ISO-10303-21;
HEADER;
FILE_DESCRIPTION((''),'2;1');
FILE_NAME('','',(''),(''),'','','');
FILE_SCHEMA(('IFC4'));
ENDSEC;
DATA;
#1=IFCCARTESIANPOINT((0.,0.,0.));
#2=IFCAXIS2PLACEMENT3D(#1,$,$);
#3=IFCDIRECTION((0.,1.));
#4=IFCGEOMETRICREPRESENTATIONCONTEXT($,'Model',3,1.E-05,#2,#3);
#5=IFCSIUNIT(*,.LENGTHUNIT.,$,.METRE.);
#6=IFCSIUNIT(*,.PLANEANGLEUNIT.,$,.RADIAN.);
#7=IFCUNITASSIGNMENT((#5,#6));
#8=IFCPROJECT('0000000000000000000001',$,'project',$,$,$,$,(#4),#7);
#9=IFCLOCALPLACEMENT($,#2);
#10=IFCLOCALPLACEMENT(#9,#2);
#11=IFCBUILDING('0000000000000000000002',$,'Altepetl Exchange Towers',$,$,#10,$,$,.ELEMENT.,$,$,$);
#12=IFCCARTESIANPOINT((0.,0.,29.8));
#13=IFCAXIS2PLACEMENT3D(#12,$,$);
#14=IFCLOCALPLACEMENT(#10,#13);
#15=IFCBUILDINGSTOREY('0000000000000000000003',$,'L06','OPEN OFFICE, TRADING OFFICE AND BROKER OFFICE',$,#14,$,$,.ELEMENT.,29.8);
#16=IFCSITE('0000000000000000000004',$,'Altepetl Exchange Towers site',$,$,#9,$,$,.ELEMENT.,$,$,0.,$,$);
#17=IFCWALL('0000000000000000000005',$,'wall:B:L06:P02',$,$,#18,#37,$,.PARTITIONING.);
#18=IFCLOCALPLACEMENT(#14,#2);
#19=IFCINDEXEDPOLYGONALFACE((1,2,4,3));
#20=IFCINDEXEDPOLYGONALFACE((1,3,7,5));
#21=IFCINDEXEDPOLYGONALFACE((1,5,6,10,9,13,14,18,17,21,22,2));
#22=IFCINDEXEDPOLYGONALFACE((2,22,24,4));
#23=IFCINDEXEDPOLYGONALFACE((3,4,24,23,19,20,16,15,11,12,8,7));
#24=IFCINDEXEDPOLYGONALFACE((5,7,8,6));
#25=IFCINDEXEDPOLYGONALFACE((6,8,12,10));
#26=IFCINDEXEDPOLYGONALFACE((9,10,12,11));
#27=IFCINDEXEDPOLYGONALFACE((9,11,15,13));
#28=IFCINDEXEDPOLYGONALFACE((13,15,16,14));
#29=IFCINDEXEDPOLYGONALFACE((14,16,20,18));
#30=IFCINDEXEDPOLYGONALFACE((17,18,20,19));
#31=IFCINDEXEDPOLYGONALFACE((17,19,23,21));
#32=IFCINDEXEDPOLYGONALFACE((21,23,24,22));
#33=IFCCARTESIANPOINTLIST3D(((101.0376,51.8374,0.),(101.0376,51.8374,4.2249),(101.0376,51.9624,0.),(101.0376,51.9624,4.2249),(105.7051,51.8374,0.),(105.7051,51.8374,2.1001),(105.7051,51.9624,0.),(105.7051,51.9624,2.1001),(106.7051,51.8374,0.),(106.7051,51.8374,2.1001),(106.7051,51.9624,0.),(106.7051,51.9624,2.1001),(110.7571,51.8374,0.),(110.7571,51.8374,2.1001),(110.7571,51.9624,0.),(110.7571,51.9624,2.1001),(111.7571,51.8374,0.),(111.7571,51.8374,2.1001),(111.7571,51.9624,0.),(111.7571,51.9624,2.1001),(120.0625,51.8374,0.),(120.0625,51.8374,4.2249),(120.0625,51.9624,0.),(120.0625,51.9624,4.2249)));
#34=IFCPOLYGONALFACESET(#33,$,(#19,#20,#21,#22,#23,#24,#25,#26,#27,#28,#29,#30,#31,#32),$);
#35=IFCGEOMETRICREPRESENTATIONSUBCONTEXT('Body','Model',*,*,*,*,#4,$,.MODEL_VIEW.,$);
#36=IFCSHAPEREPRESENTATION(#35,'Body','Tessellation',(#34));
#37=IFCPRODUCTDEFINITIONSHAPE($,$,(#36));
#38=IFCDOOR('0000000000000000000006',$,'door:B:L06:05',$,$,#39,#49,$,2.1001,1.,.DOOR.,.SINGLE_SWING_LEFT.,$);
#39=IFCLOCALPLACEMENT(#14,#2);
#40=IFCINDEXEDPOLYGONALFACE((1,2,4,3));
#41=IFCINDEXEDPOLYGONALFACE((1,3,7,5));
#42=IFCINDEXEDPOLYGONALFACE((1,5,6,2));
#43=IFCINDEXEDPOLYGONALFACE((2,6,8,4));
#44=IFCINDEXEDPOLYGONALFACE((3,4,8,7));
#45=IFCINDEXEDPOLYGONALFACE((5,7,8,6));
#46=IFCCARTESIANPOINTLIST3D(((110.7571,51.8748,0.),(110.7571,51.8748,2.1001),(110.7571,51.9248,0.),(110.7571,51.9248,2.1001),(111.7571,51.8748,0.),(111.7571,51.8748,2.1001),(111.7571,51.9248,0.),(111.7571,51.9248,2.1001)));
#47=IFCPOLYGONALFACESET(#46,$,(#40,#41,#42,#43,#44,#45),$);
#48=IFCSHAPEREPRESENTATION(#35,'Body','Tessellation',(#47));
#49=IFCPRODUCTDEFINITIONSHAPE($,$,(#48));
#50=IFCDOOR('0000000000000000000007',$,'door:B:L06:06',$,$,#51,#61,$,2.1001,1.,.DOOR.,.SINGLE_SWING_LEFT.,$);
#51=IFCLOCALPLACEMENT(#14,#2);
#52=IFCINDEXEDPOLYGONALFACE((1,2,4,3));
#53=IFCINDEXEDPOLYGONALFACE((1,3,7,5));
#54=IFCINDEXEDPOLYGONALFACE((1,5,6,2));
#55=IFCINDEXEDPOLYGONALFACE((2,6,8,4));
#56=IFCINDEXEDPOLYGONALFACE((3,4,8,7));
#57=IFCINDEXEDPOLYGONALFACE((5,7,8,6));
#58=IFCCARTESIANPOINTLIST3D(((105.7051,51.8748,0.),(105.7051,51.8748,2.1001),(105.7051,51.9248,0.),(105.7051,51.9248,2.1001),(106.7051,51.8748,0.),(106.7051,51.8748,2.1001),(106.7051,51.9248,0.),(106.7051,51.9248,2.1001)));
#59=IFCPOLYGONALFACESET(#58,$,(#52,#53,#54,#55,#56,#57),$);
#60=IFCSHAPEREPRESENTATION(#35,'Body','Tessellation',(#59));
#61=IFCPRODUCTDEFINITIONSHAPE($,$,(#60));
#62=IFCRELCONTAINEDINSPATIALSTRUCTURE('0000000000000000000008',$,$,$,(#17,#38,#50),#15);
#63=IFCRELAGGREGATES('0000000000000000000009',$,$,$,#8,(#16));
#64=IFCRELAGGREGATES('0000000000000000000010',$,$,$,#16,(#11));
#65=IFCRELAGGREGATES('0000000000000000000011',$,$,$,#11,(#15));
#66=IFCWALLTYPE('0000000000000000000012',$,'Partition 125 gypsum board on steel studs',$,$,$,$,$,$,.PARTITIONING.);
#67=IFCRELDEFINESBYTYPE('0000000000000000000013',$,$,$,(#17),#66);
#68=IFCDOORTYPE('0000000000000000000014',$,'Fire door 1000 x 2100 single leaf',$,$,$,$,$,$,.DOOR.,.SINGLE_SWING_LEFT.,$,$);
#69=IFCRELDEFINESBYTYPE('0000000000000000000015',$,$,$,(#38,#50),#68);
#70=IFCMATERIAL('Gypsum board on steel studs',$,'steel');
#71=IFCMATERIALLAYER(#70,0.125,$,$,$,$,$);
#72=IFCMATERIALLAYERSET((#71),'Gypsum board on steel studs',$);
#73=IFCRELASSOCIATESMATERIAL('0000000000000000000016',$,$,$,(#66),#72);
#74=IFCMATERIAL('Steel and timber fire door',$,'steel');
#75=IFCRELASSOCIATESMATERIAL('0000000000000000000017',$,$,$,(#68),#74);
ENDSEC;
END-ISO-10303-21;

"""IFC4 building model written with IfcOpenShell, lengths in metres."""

from ifc_helpers import new_model, si_unit, direction, frame, frame_2d, origin, place, context, subcontext, project, spatial, rectangle, extrude, material, layer, layer_set, type_object, element, fill, save


model = new_model("IFC4")

# Units and contexts
model_context = context("Model", 3, precision=1e-05, world=origin(), true_north=direction((0.0, 1.0)))
body_context = subcontext(model_context, "Body", "Model", "MODEL_VIEW")
ifc_project = project(units=[si_unit("LENGTHUNIT", "METRE"), si_unit("PLANEANGLEUNIT", "RADIAN")], contexts=[model_context])

# Site, building, storey
site_placement = place(None, origin())
site = spatial("IfcSite", under=ifc_project, at=site_placement, Name="Altepetl Exchange Towers site", CompositionType="ELEMENT", RefElevation=0.0)
building_placement = place(site_placement, origin())
building = spatial("IfcBuilding", under=site, at=building_placement, Name="Altepetl Exchange Towers", CompositionType="ELEMENT")
storey_placement = place(building_placement, frame((0.0, 0.0, 29.8)))
storey = spatial("IfcBuildingStorey", under=building, at=storey_placement, Name="L06", Description="OPEN OFFICE, TRADING OFFICE AND BROKER OFFICE", CompositionType="ELEMENT", Elevation=29.8)

# Wall, openings, doors
ifc_material_1 = material(Name="Gypsum board on steel studs", Category="steel")
ifc_layer_1 = layer(ifc_material_1, 0.125)
ifc_layer_set_1 = layer_set([ifc_layer_1], Name="Gypsum board on steel studs")
wall_type = type_object("IfcWallType", Name="Partition 125 gypsum board on steel studs", PredefinedType="PARTITIONING", material=ifc_layer_set_1)
wall_placement = place(storey_placement, frame((101.0376, 51.8999, 0.0)))
wall = element("IfcWall", 1, at=wall_placement, inside=storey, type_object=wall_type, Name="wall:B:L06:P02", PredefinedType="PARTITIONING", context=body_context, shape_type="SweptSolid", body=[
    extrude(rectangle(XDim=19.0249, YDim=0.125, at=frame_2d((9.5125, 0.0))), origin(), (0.0, 0.0, 1.0), 4.2249),
])
opening_1_placement = place(wall_placement, frame((9.7195, 0.0, 0.0)))
opening_1 = element("IfcOpeningElement", 2, at=opening_1_placement, cuts=wall, PredefinedType="OPENING", context=body_context, shape_type="SweptSolid", body=[
    extrude(rectangle(XDim=1.0, YDim=2.1001, at=frame_2d((0.5, 1.05))), frame((0.0, 0.0725, 0.0), z_axis=(0.0, -1.0, 0.0), x_axis=(1.0, 0.0, 0.0)), (0.0, 0.0, 1.0), 0.145),
])
opening_2_placement = place(wall_placement, frame((4.6675, 0.0, 0.0)))
opening_2 = element("IfcOpeningElement", 3, at=opening_2_placement, cuts=wall, PredefinedType="OPENING", context=body_context, shape_type="SweptSolid", body=[
    extrude(rectangle(XDim=1.0, YDim=2.1001, at=frame_2d((0.5, 1.05))), frame((0.0, 0.0725, 0.0), z_axis=(0.0, -1.0, 0.0), x_axis=(1.0, 0.0, 0.0)), (0.0, 0.0, 1.0), 0.145),
])
ifc_material_2 = material(Name="Steel and timber fire door", Category="steel")
door_type = type_object("IfcDoorType", Name="Fire door 1000 x 2100 single leaf", OperationType="SINGLE_SWING_LEFT", PredefinedType="DOOR", material=ifc_material_2)
door_1_placement = place(opening_1_placement, origin())
door_1 = element("IfcDoor", 4, at=door_1_placement, inside=storey, type_object=door_type, Name="door:B:L06:05", OperationType="SINGLE_SWING_LEFT", OverallHeight=2.1001, OverallWidth=1.0, PredefinedType="DOOR", context=body_context, shape_type="SweptSolid", body=[
    extrude(rectangle(XDim=1.0, YDim=2.1001, at=frame_2d((0.5, 1.05))), frame((0.0, 0.0249, 0.0), z_axis=(0.0, -1.0, 0.0), x_axis=(1.0, 0.0, 0.0)), (0.0, 0.0, 1.0), 0.05),
])
fill(opening_1, door_1)
door_2_placement = place(opening_2_placement, origin())
door_2 = element("IfcDoor", 5, at=door_2_placement, inside=storey, type_object=door_type, Name="door:B:L06:06", OperationType="SINGLE_SWING_LEFT", OverallHeight=2.1001, OverallWidth=1.0, PredefinedType="DOOR", context=body_context, shape_type="SweptSolid", body=[
    extrude(rectangle(XDim=1.0, YDim=2.1001, at=frame_2d((0.5, 1.05))), frame((0.0, 0.0249, 0.0), z_axis=(0.0, -1.0, 0.0), x_axis=(1.0, 0.0, 0.0)), (0.0, 0.0, 1.0), 0.05),
])
fill(opening_2, door_2)

save(model, "model.ifc")
